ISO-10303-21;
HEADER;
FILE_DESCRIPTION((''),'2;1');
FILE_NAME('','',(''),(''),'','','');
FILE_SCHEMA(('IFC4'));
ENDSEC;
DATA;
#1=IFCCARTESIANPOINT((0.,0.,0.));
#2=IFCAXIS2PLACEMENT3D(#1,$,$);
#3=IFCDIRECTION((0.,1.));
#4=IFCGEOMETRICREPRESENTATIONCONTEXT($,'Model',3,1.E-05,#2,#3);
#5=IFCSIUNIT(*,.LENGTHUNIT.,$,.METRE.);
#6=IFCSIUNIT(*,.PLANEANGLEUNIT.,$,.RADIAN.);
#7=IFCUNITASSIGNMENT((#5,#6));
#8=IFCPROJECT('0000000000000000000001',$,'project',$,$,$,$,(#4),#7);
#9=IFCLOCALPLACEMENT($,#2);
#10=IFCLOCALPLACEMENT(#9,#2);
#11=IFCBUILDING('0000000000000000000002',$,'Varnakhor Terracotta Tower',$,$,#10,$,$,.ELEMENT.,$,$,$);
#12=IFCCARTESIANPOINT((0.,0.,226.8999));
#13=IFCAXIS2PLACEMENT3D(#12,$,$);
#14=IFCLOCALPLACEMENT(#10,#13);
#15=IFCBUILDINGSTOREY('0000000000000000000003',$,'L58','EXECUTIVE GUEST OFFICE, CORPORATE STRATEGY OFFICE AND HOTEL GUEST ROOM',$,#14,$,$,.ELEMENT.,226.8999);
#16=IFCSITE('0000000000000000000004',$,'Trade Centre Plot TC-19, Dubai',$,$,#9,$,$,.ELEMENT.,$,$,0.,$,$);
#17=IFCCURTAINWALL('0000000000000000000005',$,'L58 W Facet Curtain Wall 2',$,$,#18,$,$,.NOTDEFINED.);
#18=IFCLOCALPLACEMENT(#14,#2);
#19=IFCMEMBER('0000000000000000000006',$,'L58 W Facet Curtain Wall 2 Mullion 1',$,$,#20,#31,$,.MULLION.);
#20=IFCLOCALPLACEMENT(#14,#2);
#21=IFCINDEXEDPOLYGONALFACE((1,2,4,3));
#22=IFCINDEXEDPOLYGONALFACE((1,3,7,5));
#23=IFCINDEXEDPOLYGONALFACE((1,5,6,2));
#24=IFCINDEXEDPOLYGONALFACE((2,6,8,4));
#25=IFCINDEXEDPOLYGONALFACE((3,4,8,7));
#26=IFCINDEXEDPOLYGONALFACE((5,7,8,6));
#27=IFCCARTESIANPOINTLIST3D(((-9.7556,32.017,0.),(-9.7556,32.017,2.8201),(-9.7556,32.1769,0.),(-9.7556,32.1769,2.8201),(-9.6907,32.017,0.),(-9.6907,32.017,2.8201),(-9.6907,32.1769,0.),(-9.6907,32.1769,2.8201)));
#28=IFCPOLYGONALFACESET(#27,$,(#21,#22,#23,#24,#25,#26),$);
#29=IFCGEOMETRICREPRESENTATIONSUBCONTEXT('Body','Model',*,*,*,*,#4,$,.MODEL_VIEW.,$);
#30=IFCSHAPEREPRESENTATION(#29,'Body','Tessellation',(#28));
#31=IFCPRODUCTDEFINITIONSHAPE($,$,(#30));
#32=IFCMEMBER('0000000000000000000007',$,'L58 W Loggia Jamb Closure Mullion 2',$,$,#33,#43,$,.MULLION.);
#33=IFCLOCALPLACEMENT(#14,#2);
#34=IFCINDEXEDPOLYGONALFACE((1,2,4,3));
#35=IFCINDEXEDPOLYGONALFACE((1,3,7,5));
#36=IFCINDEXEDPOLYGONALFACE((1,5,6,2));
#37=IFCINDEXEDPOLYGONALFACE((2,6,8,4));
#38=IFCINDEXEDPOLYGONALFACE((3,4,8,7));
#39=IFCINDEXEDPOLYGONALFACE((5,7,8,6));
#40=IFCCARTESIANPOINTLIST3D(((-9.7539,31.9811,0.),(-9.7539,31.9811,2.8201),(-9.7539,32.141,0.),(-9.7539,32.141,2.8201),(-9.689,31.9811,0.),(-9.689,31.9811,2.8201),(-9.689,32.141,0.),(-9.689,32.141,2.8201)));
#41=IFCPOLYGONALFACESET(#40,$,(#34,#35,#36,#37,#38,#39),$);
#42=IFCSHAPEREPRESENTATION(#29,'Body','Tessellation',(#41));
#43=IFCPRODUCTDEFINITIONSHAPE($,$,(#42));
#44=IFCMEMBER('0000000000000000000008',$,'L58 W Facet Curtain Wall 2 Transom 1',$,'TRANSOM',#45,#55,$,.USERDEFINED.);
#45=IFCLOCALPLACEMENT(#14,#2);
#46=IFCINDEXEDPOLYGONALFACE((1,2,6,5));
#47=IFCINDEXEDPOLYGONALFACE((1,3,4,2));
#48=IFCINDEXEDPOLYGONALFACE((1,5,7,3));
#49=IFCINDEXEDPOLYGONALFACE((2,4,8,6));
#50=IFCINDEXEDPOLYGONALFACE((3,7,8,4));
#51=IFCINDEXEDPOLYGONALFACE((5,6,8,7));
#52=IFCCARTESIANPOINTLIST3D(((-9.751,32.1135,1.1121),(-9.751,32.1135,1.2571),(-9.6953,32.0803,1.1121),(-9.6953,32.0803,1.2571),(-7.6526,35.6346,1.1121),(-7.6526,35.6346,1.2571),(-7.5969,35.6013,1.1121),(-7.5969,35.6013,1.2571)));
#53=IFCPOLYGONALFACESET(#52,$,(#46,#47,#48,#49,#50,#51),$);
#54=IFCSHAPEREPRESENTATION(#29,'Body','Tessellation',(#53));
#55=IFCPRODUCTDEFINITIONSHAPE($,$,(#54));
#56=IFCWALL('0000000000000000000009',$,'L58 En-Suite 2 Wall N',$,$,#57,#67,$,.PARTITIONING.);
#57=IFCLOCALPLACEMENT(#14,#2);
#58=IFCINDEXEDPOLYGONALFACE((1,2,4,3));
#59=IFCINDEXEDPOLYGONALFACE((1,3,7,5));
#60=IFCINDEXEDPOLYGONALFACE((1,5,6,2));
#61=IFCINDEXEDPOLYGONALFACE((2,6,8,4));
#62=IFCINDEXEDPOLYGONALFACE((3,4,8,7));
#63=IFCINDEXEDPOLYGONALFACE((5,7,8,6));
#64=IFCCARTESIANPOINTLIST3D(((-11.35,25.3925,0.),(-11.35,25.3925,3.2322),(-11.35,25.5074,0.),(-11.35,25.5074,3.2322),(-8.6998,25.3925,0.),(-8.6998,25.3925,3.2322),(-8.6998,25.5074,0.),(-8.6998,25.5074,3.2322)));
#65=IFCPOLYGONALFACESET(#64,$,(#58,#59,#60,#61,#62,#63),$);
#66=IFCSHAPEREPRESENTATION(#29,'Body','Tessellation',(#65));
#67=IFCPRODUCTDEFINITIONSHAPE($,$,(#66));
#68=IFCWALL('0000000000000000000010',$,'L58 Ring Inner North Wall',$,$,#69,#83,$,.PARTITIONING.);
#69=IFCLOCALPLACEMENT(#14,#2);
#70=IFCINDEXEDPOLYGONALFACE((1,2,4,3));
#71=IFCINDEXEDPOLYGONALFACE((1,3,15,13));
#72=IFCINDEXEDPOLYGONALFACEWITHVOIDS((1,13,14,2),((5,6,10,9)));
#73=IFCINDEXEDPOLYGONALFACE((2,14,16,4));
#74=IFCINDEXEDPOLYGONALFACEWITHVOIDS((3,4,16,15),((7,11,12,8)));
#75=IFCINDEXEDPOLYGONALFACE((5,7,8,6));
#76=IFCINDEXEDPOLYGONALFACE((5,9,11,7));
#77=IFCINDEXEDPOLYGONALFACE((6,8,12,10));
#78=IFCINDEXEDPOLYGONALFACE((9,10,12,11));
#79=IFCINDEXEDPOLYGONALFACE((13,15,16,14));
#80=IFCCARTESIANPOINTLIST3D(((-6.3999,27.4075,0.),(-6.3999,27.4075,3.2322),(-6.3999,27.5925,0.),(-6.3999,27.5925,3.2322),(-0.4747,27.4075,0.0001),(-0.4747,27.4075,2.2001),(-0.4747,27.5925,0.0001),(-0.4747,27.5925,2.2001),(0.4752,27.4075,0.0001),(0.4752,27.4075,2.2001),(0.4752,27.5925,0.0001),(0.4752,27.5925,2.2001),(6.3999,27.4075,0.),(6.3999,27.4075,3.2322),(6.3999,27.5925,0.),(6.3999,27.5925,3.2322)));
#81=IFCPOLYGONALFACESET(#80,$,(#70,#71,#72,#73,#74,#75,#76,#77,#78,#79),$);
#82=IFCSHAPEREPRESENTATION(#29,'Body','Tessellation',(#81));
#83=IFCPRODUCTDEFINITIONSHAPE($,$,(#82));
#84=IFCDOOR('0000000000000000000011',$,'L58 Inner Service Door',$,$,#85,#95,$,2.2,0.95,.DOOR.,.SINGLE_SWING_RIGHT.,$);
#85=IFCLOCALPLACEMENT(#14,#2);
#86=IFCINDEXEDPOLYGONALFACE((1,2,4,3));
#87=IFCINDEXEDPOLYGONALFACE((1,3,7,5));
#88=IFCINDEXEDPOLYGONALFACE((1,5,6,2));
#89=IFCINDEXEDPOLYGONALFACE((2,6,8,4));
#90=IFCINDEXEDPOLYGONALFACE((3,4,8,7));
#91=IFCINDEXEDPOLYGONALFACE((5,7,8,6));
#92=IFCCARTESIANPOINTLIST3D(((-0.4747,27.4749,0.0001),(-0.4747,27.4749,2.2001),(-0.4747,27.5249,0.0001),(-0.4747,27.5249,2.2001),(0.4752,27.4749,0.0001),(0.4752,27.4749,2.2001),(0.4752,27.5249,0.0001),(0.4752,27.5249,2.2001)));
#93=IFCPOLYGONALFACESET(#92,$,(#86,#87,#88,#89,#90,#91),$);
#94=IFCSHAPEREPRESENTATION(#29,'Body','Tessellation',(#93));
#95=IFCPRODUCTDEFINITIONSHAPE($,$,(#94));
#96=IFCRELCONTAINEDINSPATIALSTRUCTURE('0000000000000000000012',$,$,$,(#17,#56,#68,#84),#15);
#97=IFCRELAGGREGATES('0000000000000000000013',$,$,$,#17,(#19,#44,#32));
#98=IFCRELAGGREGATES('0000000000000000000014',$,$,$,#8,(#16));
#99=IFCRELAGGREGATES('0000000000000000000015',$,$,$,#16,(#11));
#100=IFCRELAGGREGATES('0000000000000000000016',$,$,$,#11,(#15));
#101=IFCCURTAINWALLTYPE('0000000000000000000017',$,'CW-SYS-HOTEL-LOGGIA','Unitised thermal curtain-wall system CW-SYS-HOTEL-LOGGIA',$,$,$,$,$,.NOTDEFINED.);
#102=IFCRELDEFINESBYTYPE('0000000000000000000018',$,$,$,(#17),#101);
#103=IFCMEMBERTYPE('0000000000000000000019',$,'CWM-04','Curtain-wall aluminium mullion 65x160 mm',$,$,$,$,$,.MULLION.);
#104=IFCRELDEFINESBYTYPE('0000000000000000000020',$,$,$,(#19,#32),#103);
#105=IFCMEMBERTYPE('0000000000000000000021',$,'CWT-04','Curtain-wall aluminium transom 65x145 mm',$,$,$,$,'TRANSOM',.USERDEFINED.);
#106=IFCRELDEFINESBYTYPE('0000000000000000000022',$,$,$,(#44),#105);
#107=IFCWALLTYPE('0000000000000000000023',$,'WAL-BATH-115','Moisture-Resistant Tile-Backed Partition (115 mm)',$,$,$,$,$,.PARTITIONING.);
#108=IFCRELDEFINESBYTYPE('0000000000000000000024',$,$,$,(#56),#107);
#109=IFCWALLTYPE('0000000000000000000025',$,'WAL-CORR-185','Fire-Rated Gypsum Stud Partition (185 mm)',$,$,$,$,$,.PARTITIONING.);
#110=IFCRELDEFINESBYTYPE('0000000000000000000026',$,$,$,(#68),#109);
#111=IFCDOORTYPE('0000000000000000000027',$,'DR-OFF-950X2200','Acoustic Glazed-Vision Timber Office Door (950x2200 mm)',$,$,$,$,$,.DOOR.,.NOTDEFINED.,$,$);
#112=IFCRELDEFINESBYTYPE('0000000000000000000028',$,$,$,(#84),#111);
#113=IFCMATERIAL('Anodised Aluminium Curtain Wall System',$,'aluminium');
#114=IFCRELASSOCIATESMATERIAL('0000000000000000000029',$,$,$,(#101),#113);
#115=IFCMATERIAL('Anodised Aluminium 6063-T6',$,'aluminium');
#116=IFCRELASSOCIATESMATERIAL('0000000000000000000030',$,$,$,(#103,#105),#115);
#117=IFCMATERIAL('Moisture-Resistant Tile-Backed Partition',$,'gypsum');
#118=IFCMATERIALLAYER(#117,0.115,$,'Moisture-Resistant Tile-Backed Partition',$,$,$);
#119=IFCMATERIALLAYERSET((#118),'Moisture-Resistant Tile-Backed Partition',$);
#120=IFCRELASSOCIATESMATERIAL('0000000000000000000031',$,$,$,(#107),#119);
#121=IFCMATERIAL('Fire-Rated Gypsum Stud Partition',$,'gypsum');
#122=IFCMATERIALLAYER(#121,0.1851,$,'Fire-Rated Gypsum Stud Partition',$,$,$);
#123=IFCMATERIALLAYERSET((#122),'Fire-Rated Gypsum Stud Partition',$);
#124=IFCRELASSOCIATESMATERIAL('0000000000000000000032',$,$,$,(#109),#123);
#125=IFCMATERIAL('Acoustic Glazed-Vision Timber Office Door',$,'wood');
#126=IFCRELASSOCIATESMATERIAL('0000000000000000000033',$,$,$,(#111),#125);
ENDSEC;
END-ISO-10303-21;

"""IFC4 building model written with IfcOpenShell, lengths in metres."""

from ifc_helpers import new_model, si_unit, direction, frame, frame_2d, origin, origin_2d, place, context, subcontext, project, spatial, rectangle, extrude, source, transform, mapped, material, layer, layer_set, material_profile, profile_set, type_object, type_shapes, element, fill, aggregate, save


model = new_model("IFC4")

# Units and contexts
model_context = context("Model", 3, precision=1e-05, world=origin(), true_north=direction((0.0, 1.0)))
body_context = subcontext(model_context, "Body", "Model", "MODEL_VIEW")
ifc_project = project(units=[si_unit("LENGTHUNIT", "METRE"), si_unit("PLANEANGLEUNIT", "RADIAN")], contexts=[model_context])

# Site, building, storey
site_placement = place(None, origin())
site = spatial("IfcSite", under=ifc_project, at=site_placement, Name="Trade Centre Plot TC-19, Dubai", CompositionType="ELEMENT", RefElevation=0.0)
building_placement = place(site_placement, origin())
building = spatial("IfcBuilding", under=site, at=building_placement, Name="Varnakhor Terracotta Tower", CompositionType="ELEMENT")
storey_placement = place(building_placement, frame((0.0, 0.0, 226.8999)))
storey = spatial("IfcBuildingStorey", under=building, at=storey_placement, Name="L58", Description="EXECUTIVE GUEST OFFICE, CORPORATE STRATEGY OFFICE AND HOTEL GUEST ROOM", CompositionType="ELEMENT", Elevation=226.8999)

# Curtain wall, members
ifc_material_1 = material(Name="Anodised Aluminium Curtain Wall System", Category="aluminium")
curtain_wall_type = type_object("IfcCurtainWallType", Name="CW-SYS-HOTEL-LOGGIA", Description="Unitised thermal curtain-wall system CW-SYS-HOTEL-LOGGIA", PredefinedType="NOTDEFINED", material=ifc_material_1)
curtain_wall_placement = place(storey_placement, origin())
curtain_wall = element("IfcCurtainWall", 1, at=curtain_wall_placement, inside=storey, type_object=curtain_wall_type, Name="L58 W Facet Curtain Wall 2", PredefinedType="NOTDEFINED")
ifc_material_2 = material(Name="Anodised Aluminium 6063-T6", Category="aluminium")
ifc_material_profile_1 = material_profile(ifc_material_2, rectangle(XDim=0.0649, YDim=0.1599, at=origin_2d()), Name="ALU MULLION 65x160")
ifc_profile_set_1 = profile_set([ifc_material_profile_1], Name="Anodised Aluminium 6063-T6")
member_type_1 = type_object("IfcMemberType", Name="CWM-04", Description="Curtain-wall aluminium mullion 65x160 mm", PredefinedType="MULLION", material=ifc_profile_set_1)
shared_shape_1 = source(origin(), body_context, "Body", "SweptSolid", [
    extrude(rectangle(XDim=0.0649, YDim=0.1599, at=origin_2d()), origin(), (0.0, 0.0, 1.0), 2.8201),
])
type_shapes(member_type_1, [shared_shape_1])
member_1_placement = place(storey_placement, frame((-9.7231, 32.0969, 0.0), z_axis=(0.0, 0.0, 1.0), x_axis=(1.0, 0.0, 0.0)))
member_1 = element("IfcMember", 2, at=member_1_placement, type_object=member_type_1, Name="L58 W Facet Curtain Wall 2 Mullion 1", PredefinedType="MULLION", context=body_context, shape_type="MappedRepresentation", body=[
    mapped(shared_shape_1, transform((0.0, 0.0, 0.0), scale=1.0)),
])
member_2_placement = place(storey_placement, frame((-9.7214, 32.061, 0.0), z_axis=(0.0, 0.0, 1.0), x_axis=(1.0, 0.0, 0.0)))
member_2 = element("IfcMember", 3, at=member_2_placement, type_object=member_type_1, Name="L58 W Loggia Jamb Closure Mullion 2", PredefinedType="MULLION", context=body_context, shape_type="MappedRepresentation", body=[
    mapped(shared_shape_1, transform((0.0, 0.0, 0.0), scale=1.0)),
])
ifc_material_profile_2 = material_profile(ifc_material_2, rectangle(XDim=0.0649, YDim=0.145, at=origin_2d()), Name="ALU TRANSOM 65x145")
ifc_profile_set_2 = profile_set([ifc_material_profile_2], Name="Anodised Aluminium 6063-T6")
member_type_2 = type_object("IfcMemberType", Name="CWT-04", Description="Curtain-wall aluminium transom 65x145 mm", ElementType="TRANSOM", PredefinedType="USERDEFINED", material=ifc_profile_set_2)
shared_shape_2 = source(origin(), body_context, "Body", "SweptSolid", [
    extrude(rectangle(XDim=0.0649, YDim=0.145, at=origin_2d()), origin(), (0.0, 0.0, 1.0), 4.0989),
])
member_3_placement = place(storey_placement, frame((-9.7231, 32.0969, 1.1846), z_axis=(0.511945, 0.859019, 0.0), x_axis=(-0.859019, 0.511945, 0.0)))
member_3 = element("IfcMember", 4, at=member_3_placement, type_object=member_type_2, Name="L58 W Facet Curtain Wall 2 Transom 1", ObjectType="TRANSOM", PredefinedType="USERDEFINED", context=body_context, shape_type="MappedRepresentation", body=[
    mapped(shared_shape_2, transform((0.0, 0.0, 0.0), scale=1.0)),
])
aggregate(curtain_wall, [member_1, member_3, member_2])

# Wall
ifc_material_3 = material(Name="Moisture-Resistant Tile-Backed Partition", Category="gypsum")
ifc_layer_1 = layer(ifc_material_3, 0.115, Name="Moisture-Resistant Tile-Backed Partition")
ifc_layer_set_1 = layer_set([ifc_layer_1], Name="Moisture-Resistant Tile-Backed Partition")
wall_type_1 = type_object("IfcWallType", Name="WAL-BATH-115", Description="Moisture-Resistant Tile-Backed Partition (115 mm)", PredefinedType="PARTITIONING", material=ifc_layer_set_1)
wall_1_placement = place(storey_placement, frame((-11.3501, 25.45, 0.0), z_axis=(0.0, 0.0, 1.0), x_axis=(1.0, 0.0, 0.0)))
element("IfcWall", 5, at=wall_1_placement, inside=storey, type_object=wall_type_1, Name="L58 En-Suite 2 Wall N", PredefinedType="PARTITIONING", context=body_context, shape_type="SweptSolid", body=[
    extrude(rectangle(XDim=2.6501, YDim=0.115, at=frame_2d((1.3252, 0.0))), origin(), (0.0, 0.0, 1.0), 3.2322),
])

# Wall, opening, door
ifc_material_4 = material(Name="Fire-Rated Gypsum Stud Partition", Category="gypsum")
ifc_layer_2 = layer(ifc_material_4, 0.1851, Name="Fire-Rated Gypsum Stud Partition")
ifc_layer_set_2 = layer_set([ifc_layer_2], Name="Fire-Rated Gypsum Stud Partition")
wall_type_2 = type_object("IfcWallType", Name="WAL-CORR-185", Description="Fire-Rated Gypsum Stud Partition (185 mm)", PredefinedType="PARTITIONING", material=ifc_layer_set_2)
wall_2_placement = place(storey_placement, frame((-6.3999, 27.5, 0.0), z_axis=(0.0, 0.0, 1.0), x_axis=(1.0, 0.0, 0.0)))
wall_2 = element("IfcWall", 6, at=wall_2_placement, inside=storey, type_object=wall_type_2, Name="L58 Ring Inner North Wall", PredefinedType="PARTITIONING", context=body_context, shape_type="SweptSolid", body=[
    extrude(rectangle(XDim=12.7998, YDim=0.1851, at=frame_2d((6.3999, 0.0))), origin(), (0.0, 0.0, 1.0), 3.2322),
])
opening_1_placement = place(wall_2_placement, frame((5.925, 0.0, 0.0)))
opening_1 = element("IfcOpeningElement", 7, at=opening_1_placement, cuts=wall_2, PredefinedType="OPENING", context=body_context, shape_type="SweptSolid", body=[
    extrude(rectangle(XDim=0.95, YDim=2.2, at=frame_2d((0.4751, 1.1001))), frame((0.0, 0.1025, 0.0), z_axis=(0.0, -1.0, 0.0), x_axis=(1.0, 0.0, 0.0)), (0.0, 0.0, 1.0), 0.2051),
])
ifc_material_5 = material(Name="Acoustic Glazed-Vision Timber Office Door", Category="wood")
door_type_1 = type_object("IfcDoorType", Name="DR-OFF-950X2200", Description="Acoustic Glazed-Vision Timber Office Door (950x2200 mm)", OperationType="NOTDEFINED", PredefinedType="DOOR", material=ifc_material_5)
shared_shape_3 = source(origin(), body_context, "Body", "SweptSolid", [
    extrude(rectangle(XDim=0.95, YDim=2.2, at=frame_2d((0.4751, 1.1001))), frame((0.0, 0.0249, 0.0), z_axis=(0.0, -1.0, 0.0), x_axis=(1.0, 0.0, 0.0)), (0.0, 0.0, 1.0), 0.05),
])
type_shapes(door_type_1, [shared_shape_3])
door_1_placement = place(opening_1_placement, origin())
door_1 = element("IfcDoor", 8, at=door_1_placement, inside=storey, type_object=door_type_1, Name="L58 Inner Service Door", OperationType="SINGLE_SWING_RIGHT", OverallHeight=2.2, OverallWidth=0.95, PredefinedType="DOOR", context=body_context, shape_type="MappedRepresentation", body=[
    mapped(shared_shape_3, transform((0.0, 0.0, 0.0), scale=1.0)),
])
fill(opening_1, door_1)

save(model, "model.ifc")
